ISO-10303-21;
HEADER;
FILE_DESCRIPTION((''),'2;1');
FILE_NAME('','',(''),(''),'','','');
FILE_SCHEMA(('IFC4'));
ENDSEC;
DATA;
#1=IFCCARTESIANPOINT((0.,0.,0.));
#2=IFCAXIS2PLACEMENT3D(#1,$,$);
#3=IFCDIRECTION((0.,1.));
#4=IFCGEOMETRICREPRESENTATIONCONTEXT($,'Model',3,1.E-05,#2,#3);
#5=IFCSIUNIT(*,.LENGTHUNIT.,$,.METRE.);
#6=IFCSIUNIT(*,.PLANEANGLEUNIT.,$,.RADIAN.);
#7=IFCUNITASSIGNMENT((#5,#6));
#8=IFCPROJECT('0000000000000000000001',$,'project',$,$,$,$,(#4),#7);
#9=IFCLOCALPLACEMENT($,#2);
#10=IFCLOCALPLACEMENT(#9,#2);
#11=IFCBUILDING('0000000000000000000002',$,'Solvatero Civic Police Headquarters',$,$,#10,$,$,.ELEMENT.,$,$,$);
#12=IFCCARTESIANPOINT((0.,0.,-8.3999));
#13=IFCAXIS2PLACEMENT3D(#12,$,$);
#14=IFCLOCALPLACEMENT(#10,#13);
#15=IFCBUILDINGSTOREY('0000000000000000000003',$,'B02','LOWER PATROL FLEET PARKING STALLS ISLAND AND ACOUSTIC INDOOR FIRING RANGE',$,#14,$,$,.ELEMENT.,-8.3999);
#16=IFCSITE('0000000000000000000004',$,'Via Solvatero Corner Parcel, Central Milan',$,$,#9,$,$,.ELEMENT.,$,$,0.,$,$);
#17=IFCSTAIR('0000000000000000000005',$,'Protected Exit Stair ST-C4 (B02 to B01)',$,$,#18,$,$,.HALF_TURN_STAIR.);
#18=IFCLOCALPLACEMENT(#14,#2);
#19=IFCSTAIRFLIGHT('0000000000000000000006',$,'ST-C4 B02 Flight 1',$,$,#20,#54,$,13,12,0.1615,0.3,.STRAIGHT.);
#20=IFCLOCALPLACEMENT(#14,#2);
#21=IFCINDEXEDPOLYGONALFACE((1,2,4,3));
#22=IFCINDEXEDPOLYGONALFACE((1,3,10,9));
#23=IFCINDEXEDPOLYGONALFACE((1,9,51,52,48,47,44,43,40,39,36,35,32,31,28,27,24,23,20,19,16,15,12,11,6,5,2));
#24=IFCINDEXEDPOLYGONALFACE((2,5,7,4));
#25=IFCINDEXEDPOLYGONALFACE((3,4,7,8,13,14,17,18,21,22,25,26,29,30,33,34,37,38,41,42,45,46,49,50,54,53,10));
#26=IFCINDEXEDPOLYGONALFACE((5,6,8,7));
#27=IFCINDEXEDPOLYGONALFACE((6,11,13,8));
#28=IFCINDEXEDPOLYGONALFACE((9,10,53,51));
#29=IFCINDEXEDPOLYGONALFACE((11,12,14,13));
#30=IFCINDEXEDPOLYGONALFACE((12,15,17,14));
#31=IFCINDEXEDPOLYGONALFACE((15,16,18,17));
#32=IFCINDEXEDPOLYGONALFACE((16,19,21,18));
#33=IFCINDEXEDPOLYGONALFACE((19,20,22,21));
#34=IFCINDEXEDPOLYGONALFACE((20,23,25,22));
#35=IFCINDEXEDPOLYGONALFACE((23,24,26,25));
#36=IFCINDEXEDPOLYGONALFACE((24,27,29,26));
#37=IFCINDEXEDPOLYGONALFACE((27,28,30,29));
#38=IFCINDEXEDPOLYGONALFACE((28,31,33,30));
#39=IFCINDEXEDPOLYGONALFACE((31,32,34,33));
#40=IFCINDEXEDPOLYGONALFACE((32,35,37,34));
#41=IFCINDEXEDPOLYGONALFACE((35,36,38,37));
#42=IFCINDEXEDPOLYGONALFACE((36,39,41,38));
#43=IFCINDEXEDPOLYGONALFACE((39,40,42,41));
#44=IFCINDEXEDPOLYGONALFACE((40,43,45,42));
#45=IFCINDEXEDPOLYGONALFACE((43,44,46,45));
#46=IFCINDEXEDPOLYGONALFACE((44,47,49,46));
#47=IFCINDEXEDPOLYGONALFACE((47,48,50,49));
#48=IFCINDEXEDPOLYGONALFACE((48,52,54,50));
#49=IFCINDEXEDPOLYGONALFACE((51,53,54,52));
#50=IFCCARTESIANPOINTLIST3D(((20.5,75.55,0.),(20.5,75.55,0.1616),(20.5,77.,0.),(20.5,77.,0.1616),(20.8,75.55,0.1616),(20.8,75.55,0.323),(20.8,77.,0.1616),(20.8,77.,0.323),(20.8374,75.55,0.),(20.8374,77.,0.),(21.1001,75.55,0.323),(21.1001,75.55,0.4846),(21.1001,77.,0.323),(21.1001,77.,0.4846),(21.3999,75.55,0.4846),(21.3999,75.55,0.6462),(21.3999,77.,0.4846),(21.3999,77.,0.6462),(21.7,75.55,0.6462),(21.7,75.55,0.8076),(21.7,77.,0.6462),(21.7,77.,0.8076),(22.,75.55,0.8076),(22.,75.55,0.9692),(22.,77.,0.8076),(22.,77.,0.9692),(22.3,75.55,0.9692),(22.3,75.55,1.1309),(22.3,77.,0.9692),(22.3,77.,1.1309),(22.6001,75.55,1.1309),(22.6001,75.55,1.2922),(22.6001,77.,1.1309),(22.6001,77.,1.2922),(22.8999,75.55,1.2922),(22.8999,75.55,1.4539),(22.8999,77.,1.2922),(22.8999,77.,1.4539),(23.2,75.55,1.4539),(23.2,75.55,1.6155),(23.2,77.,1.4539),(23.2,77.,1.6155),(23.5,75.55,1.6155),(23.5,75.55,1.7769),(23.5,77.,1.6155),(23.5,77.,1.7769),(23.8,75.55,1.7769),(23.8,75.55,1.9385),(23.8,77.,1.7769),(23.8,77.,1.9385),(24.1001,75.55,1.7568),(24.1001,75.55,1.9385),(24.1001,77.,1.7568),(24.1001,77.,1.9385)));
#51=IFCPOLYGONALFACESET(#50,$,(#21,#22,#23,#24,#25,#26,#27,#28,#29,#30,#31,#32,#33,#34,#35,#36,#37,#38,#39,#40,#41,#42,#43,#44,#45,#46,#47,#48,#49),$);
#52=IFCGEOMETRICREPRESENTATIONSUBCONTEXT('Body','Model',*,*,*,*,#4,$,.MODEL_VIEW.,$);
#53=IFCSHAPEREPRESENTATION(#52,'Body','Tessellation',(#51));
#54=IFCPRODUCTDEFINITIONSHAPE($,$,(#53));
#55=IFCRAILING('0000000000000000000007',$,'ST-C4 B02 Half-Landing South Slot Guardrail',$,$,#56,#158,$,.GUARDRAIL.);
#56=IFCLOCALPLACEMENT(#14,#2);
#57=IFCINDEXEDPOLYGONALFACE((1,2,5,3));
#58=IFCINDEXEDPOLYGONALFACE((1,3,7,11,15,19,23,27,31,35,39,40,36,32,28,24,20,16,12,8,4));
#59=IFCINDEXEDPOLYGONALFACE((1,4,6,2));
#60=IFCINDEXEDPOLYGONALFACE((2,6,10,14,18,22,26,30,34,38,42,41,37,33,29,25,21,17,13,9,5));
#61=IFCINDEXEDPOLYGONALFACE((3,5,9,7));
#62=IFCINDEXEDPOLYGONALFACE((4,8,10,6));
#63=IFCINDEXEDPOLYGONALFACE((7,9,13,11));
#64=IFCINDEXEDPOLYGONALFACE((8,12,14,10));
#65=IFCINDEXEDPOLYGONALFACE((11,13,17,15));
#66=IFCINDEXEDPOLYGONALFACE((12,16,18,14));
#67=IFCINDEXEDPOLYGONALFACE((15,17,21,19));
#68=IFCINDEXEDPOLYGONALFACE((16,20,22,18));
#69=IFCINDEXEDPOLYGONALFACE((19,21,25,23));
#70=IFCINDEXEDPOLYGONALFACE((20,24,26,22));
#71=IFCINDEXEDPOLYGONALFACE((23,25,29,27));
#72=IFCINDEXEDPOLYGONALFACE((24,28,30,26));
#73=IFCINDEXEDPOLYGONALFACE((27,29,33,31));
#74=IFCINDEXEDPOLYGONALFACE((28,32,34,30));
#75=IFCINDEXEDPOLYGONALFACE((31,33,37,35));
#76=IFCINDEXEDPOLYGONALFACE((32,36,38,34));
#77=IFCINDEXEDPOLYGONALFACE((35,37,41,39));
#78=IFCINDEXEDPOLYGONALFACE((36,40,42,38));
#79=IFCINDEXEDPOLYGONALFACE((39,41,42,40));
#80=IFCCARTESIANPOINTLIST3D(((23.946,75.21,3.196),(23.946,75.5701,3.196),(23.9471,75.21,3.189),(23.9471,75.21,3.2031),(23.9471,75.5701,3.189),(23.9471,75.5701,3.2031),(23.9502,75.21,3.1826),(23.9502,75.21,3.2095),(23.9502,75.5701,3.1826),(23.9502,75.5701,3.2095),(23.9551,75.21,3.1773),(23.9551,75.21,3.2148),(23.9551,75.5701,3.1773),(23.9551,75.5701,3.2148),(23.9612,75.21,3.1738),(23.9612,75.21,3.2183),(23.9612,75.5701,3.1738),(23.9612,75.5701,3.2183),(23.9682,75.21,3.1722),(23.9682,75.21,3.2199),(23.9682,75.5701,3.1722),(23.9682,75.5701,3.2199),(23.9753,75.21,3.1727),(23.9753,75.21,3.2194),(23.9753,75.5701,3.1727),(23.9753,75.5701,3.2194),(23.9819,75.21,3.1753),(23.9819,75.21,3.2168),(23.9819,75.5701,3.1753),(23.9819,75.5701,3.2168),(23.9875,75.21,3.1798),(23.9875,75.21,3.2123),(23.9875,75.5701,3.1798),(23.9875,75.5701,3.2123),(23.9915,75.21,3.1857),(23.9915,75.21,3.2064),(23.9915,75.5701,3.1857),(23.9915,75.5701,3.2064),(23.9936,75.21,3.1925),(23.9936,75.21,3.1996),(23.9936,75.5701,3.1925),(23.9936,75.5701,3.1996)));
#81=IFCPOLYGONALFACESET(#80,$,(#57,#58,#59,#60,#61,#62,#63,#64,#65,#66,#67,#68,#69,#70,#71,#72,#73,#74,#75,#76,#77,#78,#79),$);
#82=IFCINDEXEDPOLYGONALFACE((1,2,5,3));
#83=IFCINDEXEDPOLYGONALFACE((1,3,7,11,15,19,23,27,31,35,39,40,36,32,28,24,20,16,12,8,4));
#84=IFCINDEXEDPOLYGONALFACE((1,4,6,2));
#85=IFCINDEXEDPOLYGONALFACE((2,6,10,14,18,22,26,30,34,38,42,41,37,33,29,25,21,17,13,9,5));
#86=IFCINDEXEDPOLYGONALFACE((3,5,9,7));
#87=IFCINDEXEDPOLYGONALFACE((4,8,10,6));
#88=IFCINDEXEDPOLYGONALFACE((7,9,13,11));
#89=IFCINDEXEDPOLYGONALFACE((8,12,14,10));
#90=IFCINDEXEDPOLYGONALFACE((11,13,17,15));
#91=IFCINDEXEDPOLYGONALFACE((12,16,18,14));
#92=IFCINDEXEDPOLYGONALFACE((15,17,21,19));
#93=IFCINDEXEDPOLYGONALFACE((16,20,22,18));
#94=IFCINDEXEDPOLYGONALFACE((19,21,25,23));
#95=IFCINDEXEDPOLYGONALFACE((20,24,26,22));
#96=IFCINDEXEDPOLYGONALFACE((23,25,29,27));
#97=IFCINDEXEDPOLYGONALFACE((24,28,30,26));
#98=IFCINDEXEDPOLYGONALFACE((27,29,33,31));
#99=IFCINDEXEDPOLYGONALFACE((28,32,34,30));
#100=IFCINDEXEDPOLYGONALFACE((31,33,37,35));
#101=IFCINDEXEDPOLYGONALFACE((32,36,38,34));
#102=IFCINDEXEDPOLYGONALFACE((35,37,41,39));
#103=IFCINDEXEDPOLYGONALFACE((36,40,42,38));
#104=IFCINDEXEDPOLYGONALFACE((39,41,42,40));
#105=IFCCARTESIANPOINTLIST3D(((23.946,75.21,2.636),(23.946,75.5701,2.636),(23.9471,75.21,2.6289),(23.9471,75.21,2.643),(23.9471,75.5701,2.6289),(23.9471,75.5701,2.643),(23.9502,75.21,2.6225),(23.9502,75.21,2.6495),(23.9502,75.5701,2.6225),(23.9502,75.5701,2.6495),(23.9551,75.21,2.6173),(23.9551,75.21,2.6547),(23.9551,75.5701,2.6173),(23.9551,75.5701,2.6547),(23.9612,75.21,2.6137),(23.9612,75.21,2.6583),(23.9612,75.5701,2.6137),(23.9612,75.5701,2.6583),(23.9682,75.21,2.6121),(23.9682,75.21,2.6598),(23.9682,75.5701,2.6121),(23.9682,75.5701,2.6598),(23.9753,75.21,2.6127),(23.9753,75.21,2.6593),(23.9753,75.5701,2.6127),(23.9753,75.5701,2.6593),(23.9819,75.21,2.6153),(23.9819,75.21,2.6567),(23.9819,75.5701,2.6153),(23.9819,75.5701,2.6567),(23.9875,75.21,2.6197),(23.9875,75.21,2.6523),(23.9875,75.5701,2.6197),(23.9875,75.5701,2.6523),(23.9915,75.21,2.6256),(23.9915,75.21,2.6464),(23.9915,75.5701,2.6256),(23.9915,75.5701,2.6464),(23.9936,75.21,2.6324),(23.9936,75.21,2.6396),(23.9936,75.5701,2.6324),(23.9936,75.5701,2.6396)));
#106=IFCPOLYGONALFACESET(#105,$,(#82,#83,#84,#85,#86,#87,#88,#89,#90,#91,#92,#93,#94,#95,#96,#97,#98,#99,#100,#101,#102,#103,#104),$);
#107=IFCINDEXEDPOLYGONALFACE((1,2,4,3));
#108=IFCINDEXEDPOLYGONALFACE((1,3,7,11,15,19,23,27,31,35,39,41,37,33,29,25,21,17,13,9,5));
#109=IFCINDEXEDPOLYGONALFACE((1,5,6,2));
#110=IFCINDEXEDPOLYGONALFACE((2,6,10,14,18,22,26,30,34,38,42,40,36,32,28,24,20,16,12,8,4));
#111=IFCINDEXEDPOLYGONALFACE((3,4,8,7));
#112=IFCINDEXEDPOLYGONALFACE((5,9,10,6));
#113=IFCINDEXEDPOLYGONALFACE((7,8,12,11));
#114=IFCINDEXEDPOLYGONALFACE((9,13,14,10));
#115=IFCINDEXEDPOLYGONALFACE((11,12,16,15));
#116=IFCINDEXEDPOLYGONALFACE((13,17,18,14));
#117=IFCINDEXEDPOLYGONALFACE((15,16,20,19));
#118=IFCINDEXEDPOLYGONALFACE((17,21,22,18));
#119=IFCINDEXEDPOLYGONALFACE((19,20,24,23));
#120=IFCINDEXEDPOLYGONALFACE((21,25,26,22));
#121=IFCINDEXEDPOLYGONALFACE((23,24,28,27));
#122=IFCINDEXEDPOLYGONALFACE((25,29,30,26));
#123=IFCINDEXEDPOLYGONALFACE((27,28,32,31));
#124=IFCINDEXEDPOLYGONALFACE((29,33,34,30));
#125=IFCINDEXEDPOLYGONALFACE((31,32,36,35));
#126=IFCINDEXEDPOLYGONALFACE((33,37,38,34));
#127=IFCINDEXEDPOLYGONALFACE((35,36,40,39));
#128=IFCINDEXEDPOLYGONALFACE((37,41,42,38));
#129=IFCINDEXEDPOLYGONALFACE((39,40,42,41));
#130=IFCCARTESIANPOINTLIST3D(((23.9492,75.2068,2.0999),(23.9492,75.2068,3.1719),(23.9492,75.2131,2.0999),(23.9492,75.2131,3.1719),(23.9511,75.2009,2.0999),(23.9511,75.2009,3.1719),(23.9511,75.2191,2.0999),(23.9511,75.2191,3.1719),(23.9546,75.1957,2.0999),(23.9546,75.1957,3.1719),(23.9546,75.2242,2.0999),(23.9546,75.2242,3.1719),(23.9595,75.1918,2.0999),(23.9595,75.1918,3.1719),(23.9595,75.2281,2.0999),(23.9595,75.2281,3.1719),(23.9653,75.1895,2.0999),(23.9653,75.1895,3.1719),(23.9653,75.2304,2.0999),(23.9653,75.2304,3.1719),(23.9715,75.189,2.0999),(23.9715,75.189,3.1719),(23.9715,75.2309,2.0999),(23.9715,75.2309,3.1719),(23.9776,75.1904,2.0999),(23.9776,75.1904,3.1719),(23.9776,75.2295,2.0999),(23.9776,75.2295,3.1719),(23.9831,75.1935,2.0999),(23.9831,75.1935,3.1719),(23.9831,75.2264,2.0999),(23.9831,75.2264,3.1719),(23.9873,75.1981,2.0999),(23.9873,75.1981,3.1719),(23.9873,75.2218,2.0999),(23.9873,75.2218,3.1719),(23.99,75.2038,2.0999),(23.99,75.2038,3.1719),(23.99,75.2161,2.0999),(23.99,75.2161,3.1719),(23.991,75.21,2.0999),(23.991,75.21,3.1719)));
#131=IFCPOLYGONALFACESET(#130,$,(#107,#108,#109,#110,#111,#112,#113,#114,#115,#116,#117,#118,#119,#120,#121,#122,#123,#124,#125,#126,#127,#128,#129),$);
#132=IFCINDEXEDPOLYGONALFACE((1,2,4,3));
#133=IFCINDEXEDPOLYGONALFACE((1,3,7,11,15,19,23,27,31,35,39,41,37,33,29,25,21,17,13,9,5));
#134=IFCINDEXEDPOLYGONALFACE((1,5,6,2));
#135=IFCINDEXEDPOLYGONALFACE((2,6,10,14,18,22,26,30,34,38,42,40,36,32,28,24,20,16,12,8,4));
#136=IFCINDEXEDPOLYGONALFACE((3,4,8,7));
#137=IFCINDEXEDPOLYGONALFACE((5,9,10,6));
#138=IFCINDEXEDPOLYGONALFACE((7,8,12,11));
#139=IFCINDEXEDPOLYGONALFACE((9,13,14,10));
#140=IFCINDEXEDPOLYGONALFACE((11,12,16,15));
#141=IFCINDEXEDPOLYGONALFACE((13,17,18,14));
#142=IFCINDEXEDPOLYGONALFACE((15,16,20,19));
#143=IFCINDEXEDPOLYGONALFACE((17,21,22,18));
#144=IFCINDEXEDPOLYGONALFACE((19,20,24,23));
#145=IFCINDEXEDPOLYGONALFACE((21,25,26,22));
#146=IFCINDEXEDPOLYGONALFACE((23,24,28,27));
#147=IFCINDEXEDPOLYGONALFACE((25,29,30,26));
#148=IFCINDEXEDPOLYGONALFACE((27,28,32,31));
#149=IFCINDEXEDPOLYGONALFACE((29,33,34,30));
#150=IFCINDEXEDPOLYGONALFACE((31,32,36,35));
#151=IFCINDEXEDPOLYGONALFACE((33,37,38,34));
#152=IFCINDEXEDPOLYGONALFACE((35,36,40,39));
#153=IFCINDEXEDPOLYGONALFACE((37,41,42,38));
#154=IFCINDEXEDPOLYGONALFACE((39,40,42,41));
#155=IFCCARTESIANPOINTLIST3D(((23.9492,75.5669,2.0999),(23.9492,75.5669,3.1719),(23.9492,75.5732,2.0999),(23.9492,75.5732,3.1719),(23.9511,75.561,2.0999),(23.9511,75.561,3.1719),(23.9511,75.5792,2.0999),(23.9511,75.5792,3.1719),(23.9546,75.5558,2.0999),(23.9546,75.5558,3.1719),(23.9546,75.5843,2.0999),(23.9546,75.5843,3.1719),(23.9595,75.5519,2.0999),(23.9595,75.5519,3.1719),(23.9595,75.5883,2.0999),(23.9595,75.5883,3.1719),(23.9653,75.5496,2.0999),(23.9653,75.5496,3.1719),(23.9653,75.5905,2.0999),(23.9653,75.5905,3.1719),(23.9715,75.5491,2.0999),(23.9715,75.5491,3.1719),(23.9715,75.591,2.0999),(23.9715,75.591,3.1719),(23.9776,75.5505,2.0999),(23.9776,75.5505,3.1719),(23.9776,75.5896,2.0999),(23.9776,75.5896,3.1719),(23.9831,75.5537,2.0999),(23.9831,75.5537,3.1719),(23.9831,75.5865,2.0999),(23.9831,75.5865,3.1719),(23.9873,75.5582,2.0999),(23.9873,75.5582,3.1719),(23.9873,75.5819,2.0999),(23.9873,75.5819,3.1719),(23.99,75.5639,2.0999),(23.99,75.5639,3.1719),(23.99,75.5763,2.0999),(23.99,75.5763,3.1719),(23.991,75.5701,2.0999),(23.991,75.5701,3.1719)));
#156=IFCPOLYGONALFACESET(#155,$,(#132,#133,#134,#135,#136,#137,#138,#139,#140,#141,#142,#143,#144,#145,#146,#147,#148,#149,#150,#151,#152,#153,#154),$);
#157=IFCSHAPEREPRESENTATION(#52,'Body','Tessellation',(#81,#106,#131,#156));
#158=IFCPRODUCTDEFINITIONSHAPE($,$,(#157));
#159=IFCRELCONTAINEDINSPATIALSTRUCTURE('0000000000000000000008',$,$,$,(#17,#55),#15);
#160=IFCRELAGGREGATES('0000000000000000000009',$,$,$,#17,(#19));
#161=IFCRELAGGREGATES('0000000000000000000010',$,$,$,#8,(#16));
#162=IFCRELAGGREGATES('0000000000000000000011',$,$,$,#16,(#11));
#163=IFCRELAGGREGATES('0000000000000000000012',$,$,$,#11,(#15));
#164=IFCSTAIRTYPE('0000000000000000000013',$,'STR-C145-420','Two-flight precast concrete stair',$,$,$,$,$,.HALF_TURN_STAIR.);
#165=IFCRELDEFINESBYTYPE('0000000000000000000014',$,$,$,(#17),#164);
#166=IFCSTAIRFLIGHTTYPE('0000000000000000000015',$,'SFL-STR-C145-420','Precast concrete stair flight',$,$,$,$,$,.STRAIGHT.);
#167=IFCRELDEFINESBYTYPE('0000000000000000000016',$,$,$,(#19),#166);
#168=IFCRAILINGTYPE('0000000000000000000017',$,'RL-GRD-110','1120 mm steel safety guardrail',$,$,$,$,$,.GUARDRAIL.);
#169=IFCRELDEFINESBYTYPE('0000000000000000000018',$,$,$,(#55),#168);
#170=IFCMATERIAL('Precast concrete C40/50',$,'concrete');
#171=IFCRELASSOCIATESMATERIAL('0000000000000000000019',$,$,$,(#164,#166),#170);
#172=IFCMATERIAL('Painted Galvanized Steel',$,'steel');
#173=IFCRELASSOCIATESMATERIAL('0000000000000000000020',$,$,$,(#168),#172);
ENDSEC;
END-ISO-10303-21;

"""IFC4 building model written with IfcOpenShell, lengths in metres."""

from ifc_helpers import new_model, si_unit, direction, frame, origin, origin_2d, place, context, subcontext, project, spatial, polyline, circle, outline, extrude, material, type_object, element, aggregate, save


model = new_model("IFC4")

# Units and contexts
model_context = context("Model", 3, precision=1e-05, world=origin(), true_north=direction((0.0, 1.0)))
body_context = subcontext(model_context, "Body", "Model", "MODEL_VIEW")
ifc_project = project(units=[si_unit("LENGTHUNIT", "METRE"), si_unit("PLANEANGLEUNIT", "RADIAN")], contexts=[model_context])

# Site, building, storey
site_placement = place(None, origin())
site = spatial("IfcSite", under=ifc_project, at=site_placement, Name="Via Solvatero Corner Parcel, Central Milan", CompositionType="ELEMENT", RefElevation=0.0)
building_placement = place(site_placement, origin())
building = spatial("IfcBuilding", under=site, at=building_placement, Name="Solvatero Civic Police Headquarters", CompositionType="ELEMENT")
storey_placement = place(building_placement, frame((0.0, 0.0, -8.3999)))
storey = spatial("IfcBuildingStorey", under=building, at=storey_placement, Name="B02", Description="LOWER PATROL FLEET PARKING STALLS ISLAND AND ACOUSTIC INDOOR FIRING RANGE", CompositionType="ELEMENT", Elevation=-8.3999)

# Stair, stair flight
ifc_material_1 = material(Name="Precast concrete C40/50", Category="concrete")
stair_type = type_object("IfcStairType", Name="STR-C145-420", Description="Two-flight precast concrete stair", PredefinedType="HALF_TURN_STAIR", material=ifc_material_1)
stair_placement = place(storey_placement, origin())
stair = element("IfcStair", 1, at=stair_placement, inside=storey, type_object=stair_type, Name="Protected Exit Stair ST-C4 (B02 to B01)", PredefinedType="HALF_TURN_STAIR")
stair_flight_type = type_object("IfcStairFlightType", Name="SFL-STR-C145-420", Description="Precast concrete stair flight", PredefinedType="STRAIGHT", material=ifc_material_1)
stair_flight_placement = place(storey_placement, frame((20.5, 76.2749, 0.0), z_axis=(0.0, 0.0, 1.0), x_axis=(1.0, 0.0, 0.0)))
stair_flight = element("IfcStairFlight", 2, at=stair_flight_placement, type_object=stair_flight_type, Name="ST-C4 B02 Flight 1", NumberOfRisers=13, NumberOfTreads=12, PredefinedType="STRAIGHT", RiserHeight=0.1615, TreadLength=0.3, context=body_context, shape_type="SweptSolid", body=[
    extrude(outline(polyline([(0.0, 0.0), (0.0, 0.1616), (0.3, 0.1616), (0.3, 0.323), (0.6001, 0.323), (0.6001, 0.4846), (0.8999, 0.4846), (0.8999, 0.6462), (1.2, 0.6462), (1.2, 0.8076), (1.5, 0.8076), (1.5, 0.9692), (1.8, 0.9692), (1.8, 1.1309), (2.1001, 1.1309), (2.1001, 1.2922), (2.3999, 1.2922), (2.3999, 1.4539), (2.7, 1.4539), (2.7, 1.6155), (3.0, 1.6155), (3.0, 1.7769), (3.3, 1.7769), (3.3, 1.9385), (3.6001, 1.9385), (3.6001, 2.1001), (3.6001, 1.7568), (0.3374, 0.0), (0.0, 0.0)])), frame((0.0, 0.7251, 0.0), z_axis=(0.0, -1.0, 0.0), x_axis=(1.0, 0.0, 0.0)), (0.0, 0.0, 1.0), 1.45),
])
aggregate(stair, [stair_flight])

# Railing
ifc_material_2 = material(Name="Painted Galvanized Steel", Category="steel")
railing_type_1 = type_object("IfcRailingType", Name="RL-GRD-110", Description="1120 mm steel safety guardrail", PredefinedType="GUARDRAIL", material=ifc_material_2)
railing_1_placement = place(storey_placement, frame((23.97, 75.21, 2.0999)))
element("IfcRailing", 3, at=railing_1_placement, inside=storey, type_object=railing_type_1, Name="ST-C4 B02 Half-Landing South Slot Guardrail", PredefinedType="GUARDRAIL", context=body_context, shape_type="SweptSolid", body=[
    extrude(circle(Radius=0.0239, at=origin_2d()), frame((0.0, 0.0, 1.0962), z_axis=(0.0, 1.0, 0.0), x_axis=(-1.0, 0.0, 0.0)), (0.0, 0.0, 1.0), 0.3601),
    extrude(circle(Radius=0.0239, at=origin_2d()), frame((0.0, 0.0, 0.5361), z_axis=(0.0, 1.0, 0.0), x_axis=(-1.0, 0.0, 0.0)), (0.0, 0.0, 1.0), 0.3601),
    extrude(circle(Radius=0.021, at=origin_2d()), origin(), (0.0, 0.0, 1.0), 1.072),
    extrude(circle(Radius=0.021, at=origin_2d()), frame((0.0, 0.3601, 0.0)), (0.0, 0.0, 1.0), 1.072),
])

save(model, "model.ifc")
